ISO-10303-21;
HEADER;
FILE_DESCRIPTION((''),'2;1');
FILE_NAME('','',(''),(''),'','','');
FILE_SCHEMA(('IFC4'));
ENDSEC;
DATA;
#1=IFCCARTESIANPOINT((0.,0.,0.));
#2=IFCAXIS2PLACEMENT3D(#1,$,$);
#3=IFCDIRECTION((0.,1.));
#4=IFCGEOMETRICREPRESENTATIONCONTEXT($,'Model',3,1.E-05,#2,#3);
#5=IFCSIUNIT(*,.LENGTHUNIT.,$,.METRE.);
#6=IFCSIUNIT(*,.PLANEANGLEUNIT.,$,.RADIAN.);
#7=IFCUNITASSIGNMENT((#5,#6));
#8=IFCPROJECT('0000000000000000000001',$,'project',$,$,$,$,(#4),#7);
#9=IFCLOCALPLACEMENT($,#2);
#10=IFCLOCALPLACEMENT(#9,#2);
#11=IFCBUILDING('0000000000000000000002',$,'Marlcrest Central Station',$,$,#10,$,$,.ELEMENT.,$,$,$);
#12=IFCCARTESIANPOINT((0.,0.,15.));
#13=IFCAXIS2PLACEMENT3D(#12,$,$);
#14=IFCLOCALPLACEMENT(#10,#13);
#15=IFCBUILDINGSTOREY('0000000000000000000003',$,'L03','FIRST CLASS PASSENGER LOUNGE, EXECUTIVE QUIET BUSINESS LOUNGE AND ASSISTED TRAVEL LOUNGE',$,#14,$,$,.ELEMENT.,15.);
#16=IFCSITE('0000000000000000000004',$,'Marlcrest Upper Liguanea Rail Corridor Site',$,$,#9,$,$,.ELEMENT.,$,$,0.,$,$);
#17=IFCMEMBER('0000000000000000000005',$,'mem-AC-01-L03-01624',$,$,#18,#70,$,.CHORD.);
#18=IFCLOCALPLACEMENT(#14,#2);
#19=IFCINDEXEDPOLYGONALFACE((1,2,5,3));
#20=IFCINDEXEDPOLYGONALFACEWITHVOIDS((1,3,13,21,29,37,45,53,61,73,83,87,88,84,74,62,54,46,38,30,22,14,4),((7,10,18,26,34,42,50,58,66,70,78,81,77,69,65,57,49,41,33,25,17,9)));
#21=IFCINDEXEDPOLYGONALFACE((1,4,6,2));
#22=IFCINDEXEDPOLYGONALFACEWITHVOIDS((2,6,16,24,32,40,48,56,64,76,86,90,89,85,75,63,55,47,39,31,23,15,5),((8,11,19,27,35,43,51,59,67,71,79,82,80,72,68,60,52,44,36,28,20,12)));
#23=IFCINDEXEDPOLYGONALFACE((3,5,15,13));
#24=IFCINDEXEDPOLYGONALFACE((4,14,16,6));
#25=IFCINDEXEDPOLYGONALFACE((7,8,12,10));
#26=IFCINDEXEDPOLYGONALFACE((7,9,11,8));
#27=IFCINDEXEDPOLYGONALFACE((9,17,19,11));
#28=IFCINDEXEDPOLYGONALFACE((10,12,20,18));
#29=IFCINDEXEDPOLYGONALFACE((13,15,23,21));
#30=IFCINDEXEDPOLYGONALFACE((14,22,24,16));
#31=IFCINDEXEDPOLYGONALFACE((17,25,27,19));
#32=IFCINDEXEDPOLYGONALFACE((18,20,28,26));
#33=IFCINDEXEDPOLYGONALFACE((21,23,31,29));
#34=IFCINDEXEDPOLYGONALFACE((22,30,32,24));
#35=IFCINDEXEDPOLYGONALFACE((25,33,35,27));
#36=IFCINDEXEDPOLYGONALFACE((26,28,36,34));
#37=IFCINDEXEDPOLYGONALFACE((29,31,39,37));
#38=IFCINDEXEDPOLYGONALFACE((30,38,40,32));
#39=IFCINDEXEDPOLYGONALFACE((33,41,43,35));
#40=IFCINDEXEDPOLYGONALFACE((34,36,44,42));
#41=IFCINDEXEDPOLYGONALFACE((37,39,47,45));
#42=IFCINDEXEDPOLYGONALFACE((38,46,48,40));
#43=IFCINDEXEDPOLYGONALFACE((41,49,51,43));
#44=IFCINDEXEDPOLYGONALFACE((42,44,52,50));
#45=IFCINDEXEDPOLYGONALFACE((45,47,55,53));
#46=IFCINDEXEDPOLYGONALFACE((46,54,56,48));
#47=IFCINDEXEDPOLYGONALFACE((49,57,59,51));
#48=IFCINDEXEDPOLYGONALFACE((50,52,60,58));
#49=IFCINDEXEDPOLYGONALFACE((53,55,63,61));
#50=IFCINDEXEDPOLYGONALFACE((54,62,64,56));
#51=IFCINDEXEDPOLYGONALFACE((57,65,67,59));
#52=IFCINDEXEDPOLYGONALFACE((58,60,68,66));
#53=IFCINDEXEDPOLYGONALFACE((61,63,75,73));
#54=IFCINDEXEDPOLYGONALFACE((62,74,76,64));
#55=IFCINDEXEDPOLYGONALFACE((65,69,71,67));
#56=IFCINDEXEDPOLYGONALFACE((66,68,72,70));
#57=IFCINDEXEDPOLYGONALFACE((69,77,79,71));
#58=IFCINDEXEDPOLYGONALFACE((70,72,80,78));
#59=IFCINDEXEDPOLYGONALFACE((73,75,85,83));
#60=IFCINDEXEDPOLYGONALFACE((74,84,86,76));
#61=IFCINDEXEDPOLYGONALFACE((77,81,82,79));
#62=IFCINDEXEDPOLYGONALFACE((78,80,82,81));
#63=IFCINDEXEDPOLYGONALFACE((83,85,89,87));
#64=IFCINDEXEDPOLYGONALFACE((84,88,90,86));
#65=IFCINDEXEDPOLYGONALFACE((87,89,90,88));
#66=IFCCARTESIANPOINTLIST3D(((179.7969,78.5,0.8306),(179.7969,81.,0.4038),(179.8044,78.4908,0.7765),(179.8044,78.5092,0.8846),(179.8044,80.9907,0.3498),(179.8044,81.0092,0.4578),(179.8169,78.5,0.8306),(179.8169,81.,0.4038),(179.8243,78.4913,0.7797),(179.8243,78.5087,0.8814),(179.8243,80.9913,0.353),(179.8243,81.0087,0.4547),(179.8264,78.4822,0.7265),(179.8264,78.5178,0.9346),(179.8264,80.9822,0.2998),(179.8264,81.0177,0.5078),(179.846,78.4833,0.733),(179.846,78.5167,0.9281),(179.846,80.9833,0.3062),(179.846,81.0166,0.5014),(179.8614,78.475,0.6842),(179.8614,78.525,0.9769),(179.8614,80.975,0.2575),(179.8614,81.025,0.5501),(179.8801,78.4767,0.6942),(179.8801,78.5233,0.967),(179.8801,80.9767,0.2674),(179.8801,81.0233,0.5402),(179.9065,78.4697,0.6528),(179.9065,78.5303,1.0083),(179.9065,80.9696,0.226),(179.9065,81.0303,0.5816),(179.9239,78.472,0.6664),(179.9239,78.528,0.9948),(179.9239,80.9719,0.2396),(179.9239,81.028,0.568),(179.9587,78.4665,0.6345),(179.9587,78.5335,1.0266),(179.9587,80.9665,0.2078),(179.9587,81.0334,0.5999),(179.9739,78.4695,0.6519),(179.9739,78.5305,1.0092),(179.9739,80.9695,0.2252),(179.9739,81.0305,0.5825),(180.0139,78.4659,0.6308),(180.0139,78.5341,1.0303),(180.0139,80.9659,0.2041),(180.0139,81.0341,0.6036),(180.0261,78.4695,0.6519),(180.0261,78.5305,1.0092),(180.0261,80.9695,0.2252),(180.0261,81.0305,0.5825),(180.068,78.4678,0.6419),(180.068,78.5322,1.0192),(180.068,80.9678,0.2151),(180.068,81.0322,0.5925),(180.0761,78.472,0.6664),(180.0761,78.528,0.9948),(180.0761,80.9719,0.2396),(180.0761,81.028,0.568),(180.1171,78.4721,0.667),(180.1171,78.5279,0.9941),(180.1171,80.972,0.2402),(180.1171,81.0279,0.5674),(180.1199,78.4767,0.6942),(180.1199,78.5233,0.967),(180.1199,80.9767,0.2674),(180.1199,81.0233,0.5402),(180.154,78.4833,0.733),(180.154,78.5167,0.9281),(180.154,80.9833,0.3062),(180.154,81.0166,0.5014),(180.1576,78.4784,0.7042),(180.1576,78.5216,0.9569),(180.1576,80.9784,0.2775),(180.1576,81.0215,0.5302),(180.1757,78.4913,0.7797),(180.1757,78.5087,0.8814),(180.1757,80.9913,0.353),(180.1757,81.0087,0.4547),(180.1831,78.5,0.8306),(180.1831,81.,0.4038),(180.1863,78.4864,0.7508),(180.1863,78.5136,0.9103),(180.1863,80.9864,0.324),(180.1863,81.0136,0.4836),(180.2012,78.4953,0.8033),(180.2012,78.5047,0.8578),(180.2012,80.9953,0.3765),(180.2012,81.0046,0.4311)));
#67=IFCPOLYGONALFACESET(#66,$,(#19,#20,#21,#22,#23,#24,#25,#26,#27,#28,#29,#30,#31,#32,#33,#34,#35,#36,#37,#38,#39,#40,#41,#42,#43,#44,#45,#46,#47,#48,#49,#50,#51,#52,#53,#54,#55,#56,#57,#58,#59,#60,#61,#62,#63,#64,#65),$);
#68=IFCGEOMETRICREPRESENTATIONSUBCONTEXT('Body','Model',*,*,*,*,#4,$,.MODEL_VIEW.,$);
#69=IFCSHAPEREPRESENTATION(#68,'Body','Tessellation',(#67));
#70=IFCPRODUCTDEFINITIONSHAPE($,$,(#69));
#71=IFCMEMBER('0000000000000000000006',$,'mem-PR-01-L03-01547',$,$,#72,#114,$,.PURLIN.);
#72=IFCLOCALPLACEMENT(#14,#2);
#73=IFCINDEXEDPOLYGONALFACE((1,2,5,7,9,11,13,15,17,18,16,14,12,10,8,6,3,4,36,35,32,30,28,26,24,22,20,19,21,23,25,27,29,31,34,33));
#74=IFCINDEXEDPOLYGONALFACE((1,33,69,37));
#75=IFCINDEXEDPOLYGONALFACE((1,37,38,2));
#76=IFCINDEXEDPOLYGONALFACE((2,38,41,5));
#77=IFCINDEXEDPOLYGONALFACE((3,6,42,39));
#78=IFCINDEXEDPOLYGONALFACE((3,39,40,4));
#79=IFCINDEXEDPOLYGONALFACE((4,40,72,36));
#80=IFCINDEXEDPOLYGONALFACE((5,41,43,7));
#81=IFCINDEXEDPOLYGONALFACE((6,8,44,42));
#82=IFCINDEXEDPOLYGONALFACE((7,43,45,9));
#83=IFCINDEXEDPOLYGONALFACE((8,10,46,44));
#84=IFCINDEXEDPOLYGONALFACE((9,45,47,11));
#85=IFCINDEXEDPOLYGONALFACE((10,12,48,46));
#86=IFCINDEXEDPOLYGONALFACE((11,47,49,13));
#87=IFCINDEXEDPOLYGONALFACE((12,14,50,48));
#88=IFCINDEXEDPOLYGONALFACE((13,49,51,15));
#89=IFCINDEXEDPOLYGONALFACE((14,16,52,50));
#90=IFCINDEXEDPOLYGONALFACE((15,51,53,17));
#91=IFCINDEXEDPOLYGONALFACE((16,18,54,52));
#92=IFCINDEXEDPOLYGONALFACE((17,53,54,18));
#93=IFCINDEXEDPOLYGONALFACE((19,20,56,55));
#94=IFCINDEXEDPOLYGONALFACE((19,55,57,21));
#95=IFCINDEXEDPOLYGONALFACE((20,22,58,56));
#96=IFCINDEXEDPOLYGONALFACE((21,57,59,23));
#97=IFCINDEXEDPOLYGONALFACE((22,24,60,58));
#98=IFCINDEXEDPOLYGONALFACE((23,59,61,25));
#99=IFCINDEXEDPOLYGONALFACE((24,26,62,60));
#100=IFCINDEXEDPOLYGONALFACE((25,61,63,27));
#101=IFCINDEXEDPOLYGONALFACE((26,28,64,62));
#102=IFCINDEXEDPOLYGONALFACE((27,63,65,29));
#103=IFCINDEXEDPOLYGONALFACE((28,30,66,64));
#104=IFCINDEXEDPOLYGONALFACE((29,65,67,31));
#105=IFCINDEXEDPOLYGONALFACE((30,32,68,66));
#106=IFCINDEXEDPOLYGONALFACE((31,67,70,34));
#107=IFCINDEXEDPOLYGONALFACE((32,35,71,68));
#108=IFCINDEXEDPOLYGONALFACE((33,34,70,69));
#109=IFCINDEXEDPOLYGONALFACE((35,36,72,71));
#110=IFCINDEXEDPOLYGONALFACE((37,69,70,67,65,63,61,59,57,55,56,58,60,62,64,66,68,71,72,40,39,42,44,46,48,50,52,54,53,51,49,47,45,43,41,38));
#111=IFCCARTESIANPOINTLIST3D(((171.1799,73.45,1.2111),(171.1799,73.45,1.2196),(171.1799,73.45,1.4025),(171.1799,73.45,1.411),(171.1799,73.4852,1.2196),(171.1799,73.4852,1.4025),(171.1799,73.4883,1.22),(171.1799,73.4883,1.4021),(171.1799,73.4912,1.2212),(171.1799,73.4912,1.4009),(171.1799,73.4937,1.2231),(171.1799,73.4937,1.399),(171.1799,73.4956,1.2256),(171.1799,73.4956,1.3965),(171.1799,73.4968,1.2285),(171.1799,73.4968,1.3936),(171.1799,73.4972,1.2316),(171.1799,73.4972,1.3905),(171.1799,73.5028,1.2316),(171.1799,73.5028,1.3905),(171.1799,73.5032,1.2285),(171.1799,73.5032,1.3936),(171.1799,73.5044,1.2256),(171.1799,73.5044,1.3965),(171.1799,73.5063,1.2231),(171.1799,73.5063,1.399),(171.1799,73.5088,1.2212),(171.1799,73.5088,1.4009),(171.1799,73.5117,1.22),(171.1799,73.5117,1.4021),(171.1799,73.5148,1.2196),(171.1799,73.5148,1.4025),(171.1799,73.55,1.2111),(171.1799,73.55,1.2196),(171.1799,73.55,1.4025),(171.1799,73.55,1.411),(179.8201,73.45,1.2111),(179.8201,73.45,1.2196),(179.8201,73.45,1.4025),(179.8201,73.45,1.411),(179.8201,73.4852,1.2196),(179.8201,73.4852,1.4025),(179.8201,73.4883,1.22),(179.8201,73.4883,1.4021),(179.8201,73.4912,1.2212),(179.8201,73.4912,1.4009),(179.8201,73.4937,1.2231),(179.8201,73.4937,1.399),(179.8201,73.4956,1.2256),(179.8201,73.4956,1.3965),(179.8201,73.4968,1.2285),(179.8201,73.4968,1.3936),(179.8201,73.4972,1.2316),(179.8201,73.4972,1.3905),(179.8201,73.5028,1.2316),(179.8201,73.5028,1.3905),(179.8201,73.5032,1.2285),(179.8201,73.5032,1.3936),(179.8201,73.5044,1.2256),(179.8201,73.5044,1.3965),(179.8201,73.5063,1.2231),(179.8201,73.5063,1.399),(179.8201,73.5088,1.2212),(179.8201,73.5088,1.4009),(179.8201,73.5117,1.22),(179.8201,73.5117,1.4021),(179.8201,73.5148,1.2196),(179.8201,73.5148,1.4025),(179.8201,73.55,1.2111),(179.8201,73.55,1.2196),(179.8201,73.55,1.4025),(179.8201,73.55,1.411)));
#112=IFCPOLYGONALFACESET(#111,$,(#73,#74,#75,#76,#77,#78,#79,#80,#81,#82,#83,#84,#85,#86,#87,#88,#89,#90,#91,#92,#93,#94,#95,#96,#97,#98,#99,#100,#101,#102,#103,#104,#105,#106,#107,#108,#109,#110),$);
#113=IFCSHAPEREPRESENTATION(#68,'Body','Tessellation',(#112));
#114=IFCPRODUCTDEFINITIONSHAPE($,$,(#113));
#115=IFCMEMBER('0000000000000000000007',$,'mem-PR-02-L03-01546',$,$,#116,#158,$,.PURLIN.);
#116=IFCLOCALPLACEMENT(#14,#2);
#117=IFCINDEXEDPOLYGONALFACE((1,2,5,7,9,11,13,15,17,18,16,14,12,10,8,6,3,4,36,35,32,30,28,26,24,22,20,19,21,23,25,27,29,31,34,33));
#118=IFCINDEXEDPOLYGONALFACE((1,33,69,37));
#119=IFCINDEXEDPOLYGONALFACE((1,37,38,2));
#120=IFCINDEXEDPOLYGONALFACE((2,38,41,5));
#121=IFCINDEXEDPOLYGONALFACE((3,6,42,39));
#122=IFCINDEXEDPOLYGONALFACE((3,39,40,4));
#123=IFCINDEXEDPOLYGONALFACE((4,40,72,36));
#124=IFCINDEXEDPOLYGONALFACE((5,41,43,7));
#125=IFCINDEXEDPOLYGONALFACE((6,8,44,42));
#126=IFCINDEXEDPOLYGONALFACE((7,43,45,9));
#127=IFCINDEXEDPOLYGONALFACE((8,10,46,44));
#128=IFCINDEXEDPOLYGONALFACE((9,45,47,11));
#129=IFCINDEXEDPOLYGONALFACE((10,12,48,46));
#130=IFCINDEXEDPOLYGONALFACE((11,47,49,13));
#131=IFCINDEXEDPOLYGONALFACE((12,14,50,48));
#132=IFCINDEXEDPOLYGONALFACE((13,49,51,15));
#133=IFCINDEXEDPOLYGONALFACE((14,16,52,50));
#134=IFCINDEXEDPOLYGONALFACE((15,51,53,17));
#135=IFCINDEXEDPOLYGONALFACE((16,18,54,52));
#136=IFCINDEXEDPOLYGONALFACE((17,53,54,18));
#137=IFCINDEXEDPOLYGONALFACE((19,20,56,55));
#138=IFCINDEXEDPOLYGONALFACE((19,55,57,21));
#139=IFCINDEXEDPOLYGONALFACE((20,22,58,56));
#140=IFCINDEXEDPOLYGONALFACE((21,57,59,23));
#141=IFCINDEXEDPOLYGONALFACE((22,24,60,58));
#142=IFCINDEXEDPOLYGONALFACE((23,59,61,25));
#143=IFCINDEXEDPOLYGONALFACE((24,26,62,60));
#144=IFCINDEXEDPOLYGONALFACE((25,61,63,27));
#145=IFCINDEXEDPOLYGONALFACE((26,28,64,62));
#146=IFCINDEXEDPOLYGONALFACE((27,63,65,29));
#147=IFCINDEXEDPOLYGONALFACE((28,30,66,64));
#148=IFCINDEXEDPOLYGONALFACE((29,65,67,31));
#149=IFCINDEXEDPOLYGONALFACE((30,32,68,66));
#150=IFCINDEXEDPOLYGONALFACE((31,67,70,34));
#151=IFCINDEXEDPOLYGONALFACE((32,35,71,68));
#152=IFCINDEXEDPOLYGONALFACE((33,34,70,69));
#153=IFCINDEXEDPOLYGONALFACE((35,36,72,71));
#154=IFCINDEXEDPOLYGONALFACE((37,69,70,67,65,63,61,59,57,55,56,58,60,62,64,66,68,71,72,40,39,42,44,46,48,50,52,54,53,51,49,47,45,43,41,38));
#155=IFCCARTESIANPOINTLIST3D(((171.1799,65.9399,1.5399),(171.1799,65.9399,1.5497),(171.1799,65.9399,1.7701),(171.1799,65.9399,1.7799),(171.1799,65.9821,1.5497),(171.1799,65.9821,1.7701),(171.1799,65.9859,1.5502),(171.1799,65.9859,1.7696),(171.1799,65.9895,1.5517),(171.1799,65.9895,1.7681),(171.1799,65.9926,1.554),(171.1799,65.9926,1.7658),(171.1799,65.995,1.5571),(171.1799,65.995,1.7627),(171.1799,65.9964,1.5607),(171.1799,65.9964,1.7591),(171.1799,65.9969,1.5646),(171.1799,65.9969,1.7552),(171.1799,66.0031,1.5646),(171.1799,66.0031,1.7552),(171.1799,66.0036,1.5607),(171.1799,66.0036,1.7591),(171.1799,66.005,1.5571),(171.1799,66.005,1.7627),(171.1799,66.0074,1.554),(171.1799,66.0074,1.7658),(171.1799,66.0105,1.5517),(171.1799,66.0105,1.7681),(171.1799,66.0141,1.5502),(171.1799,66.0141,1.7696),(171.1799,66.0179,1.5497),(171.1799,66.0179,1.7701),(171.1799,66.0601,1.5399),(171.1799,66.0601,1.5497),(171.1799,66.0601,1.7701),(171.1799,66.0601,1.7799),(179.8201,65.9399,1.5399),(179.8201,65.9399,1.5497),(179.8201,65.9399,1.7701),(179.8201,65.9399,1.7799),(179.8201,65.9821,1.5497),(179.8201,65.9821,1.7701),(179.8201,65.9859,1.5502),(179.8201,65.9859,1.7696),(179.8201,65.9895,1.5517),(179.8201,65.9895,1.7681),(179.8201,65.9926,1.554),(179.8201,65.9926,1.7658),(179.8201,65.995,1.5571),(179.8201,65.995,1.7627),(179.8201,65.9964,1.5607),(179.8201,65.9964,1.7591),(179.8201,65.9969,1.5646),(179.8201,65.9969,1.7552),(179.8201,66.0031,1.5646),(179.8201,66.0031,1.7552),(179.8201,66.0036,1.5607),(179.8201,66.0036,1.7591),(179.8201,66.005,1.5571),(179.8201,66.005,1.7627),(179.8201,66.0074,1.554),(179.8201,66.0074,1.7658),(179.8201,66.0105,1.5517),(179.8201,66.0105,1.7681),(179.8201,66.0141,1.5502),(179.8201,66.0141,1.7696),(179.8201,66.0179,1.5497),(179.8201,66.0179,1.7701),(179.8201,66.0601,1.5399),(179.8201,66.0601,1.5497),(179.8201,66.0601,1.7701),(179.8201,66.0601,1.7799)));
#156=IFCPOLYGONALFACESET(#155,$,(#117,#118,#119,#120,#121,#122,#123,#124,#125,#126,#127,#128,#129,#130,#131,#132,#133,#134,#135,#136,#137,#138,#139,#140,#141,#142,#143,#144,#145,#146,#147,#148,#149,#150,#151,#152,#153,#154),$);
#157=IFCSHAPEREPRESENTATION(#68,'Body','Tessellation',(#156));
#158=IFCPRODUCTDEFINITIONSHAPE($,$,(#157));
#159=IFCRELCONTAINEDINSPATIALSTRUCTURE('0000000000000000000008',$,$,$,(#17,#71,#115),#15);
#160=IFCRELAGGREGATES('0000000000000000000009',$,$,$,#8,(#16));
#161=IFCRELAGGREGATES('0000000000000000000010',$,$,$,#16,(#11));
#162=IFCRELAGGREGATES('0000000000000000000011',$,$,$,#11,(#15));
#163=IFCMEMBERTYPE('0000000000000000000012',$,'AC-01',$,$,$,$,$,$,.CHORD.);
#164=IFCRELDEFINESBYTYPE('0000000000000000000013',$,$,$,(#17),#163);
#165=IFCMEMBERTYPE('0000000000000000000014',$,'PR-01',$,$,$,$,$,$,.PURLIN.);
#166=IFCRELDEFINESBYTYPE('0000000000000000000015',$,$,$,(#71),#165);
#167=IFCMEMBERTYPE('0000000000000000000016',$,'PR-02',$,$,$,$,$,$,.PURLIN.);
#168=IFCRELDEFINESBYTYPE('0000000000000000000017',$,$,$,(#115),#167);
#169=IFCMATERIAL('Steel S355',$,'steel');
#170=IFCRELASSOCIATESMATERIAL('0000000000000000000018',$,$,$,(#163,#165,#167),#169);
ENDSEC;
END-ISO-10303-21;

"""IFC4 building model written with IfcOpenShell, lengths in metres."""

from ifc_helpers import new_model, si_unit, direction, frame, origin, origin_2d, place, context, subcontext, project, spatial, hollow_circle, i_section, extrude, material, material_profile, profile_set, type_object, element, save


model = new_model("IFC4")

# Units and contexts
model_context = context("Model", 3, precision=1e-05, world=origin(), true_north=direction((0.0, 1.0)))
body_context = subcontext(model_context, "Body", "Model", "MODEL_VIEW")
ifc_project = project(units=[si_unit("LENGTHUNIT", "METRE"), si_unit("PLANEANGLEUNIT", "RADIAN")], contexts=[model_context])

# Site, building, storey
site_placement = place(None, origin())
site = spatial("IfcSite", under=ifc_project, at=site_placement, Name="Marlcrest Upper Liguanea Rail Corridor Site", CompositionType="ELEMENT", RefElevation=0.0)
building_placement = place(site_placement, origin())
building = spatial("IfcBuilding", under=site, at=building_placement, Name="Marlcrest Central Station", CompositionType="ELEMENT")
storey_placement = place(building_placement, frame((0.0, 0.0, 15.0)))
storey = spatial("IfcBuildingStorey", under=building, at=storey_placement, Name="L03", Description="FIRST CLASS PASSENGER LOUNGE, EXECUTIVE QUIET BUSINESS LOUNGE AND ASSISTED TRAVEL LOUNGE", CompositionType="ELEMENT", Elevation=15.0)

# Members
ifc_material_1 = material(Name="Steel S355", Category="steel")
ifc_material_profile_1 = material_profile(ifc_material_1, hollow_circle(Radius=0.2031, WallThickness=0.02, at=origin_2d()), Name="CHS 406.4x20")
ifc_profile_set_1 = profile_set([ifc_material_profile_1], Name="Steel S355")
member_type_1 = type_object("IfcMemberType", Name="AC-01", PredefinedType="CHORD", material=ifc_profile_set_1)
member_1_placement = place(storey_placement, frame((180.0, 78.5, 0.8306), z_axis=(0.0, 0.985741, -0.168269), x_axis=(-1.0, 0.0, 0.0)))
element("IfcMember", 1, at=member_1_placement, inside=storey, type_object=member_type_1, Name="mem-AC-01-L03-01624", PredefinedType="CHORD", context=body_context, shape_type="SweptSolid", body=[
    extrude(hollow_circle(Radius=0.2031, WallThickness=0.02, at=origin_2d()), origin(), (0.0, 0.0, 1.0), 2.5361),
])
ifc_material_profile_2 = material_profile(ifc_material_1, i_section(OverallWidth=0.1001, OverallDepth=0.2, WebThickness=0.0056, FlangeThickness=0.0085, FilletRadius=0.012, at=origin_2d()), Name="IPE 200")
ifc_profile_set_2 = profile_set([ifc_material_profile_2], Name="Steel S355")
member_type_2 = type_object("IfcMemberType", Name="PR-01", PredefinedType="PURLIN", material=ifc_profile_set_2)
member_2_placement = place(storey_placement, frame((171.1799, 73.5, 1.311), z_axis=(1.0, 0.0, 0.0), x_axis=(0.0, 1.0, 0.0)))
element("IfcMember", 2, at=member_2_placement, inside=storey, type_object=member_type_2, Name="mem-PR-01-L03-01547", PredefinedType="PURLIN", context=body_context, shape_type="SweptSolid", body=[
    extrude(i_section(OverallWidth=0.1001, OverallDepth=0.2, WebThickness=0.0056, FlangeThickness=0.0085, FilletRadius=0.012, at=origin_2d()), origin(), (0.0, 0.0, 1.0), 8.6401),
])
ifc_material_profile_3 = material_profile(ifc_material_1, i_section(OverallWidth=0.1201, OverallDepth=0.24, WebThickness=0.0061, FlangeThickness=0.0098, FilletRadius=0.0149, at=origin_2d()), Name="IPE 240")
ifc_profile_set_3 = profile_set([ifc_material_profile_3], Name="Steel S355")
member_type_3 = type_object("IfcMemberType", Name="PR-02", PredefinedType="PURLIN", material=ifc_profile_set_3)
for number, where, z_axis, x_axis, name in (
    (3, (171.1799, 66.0, 1.6599), (1.0, 0.0, 0.0), (0.0, 1.0, 0.0), "mem-PR-02-L03-01546"),
):
    element("IfcMember", number, at=place(storey_placement, frame(where, z_axis=z_axis, x_axis=x_axis)), inside=storey, type_object=member_type_3, Name=name, PredefinedType="PURLIN", context=body_context, shape_type="SweptSolid", body=[
        extrude(i_section(OverallWidth=0.1201, OverallDepth=0.24, WebThickness=0.0061, FlangeThickness=0.0098, FilletRadius=0.0149, at=origin_2d()), origin(), (0.0, 0.0, 1.0), 8.6401),
    ])

save(model, "model.ifc")
